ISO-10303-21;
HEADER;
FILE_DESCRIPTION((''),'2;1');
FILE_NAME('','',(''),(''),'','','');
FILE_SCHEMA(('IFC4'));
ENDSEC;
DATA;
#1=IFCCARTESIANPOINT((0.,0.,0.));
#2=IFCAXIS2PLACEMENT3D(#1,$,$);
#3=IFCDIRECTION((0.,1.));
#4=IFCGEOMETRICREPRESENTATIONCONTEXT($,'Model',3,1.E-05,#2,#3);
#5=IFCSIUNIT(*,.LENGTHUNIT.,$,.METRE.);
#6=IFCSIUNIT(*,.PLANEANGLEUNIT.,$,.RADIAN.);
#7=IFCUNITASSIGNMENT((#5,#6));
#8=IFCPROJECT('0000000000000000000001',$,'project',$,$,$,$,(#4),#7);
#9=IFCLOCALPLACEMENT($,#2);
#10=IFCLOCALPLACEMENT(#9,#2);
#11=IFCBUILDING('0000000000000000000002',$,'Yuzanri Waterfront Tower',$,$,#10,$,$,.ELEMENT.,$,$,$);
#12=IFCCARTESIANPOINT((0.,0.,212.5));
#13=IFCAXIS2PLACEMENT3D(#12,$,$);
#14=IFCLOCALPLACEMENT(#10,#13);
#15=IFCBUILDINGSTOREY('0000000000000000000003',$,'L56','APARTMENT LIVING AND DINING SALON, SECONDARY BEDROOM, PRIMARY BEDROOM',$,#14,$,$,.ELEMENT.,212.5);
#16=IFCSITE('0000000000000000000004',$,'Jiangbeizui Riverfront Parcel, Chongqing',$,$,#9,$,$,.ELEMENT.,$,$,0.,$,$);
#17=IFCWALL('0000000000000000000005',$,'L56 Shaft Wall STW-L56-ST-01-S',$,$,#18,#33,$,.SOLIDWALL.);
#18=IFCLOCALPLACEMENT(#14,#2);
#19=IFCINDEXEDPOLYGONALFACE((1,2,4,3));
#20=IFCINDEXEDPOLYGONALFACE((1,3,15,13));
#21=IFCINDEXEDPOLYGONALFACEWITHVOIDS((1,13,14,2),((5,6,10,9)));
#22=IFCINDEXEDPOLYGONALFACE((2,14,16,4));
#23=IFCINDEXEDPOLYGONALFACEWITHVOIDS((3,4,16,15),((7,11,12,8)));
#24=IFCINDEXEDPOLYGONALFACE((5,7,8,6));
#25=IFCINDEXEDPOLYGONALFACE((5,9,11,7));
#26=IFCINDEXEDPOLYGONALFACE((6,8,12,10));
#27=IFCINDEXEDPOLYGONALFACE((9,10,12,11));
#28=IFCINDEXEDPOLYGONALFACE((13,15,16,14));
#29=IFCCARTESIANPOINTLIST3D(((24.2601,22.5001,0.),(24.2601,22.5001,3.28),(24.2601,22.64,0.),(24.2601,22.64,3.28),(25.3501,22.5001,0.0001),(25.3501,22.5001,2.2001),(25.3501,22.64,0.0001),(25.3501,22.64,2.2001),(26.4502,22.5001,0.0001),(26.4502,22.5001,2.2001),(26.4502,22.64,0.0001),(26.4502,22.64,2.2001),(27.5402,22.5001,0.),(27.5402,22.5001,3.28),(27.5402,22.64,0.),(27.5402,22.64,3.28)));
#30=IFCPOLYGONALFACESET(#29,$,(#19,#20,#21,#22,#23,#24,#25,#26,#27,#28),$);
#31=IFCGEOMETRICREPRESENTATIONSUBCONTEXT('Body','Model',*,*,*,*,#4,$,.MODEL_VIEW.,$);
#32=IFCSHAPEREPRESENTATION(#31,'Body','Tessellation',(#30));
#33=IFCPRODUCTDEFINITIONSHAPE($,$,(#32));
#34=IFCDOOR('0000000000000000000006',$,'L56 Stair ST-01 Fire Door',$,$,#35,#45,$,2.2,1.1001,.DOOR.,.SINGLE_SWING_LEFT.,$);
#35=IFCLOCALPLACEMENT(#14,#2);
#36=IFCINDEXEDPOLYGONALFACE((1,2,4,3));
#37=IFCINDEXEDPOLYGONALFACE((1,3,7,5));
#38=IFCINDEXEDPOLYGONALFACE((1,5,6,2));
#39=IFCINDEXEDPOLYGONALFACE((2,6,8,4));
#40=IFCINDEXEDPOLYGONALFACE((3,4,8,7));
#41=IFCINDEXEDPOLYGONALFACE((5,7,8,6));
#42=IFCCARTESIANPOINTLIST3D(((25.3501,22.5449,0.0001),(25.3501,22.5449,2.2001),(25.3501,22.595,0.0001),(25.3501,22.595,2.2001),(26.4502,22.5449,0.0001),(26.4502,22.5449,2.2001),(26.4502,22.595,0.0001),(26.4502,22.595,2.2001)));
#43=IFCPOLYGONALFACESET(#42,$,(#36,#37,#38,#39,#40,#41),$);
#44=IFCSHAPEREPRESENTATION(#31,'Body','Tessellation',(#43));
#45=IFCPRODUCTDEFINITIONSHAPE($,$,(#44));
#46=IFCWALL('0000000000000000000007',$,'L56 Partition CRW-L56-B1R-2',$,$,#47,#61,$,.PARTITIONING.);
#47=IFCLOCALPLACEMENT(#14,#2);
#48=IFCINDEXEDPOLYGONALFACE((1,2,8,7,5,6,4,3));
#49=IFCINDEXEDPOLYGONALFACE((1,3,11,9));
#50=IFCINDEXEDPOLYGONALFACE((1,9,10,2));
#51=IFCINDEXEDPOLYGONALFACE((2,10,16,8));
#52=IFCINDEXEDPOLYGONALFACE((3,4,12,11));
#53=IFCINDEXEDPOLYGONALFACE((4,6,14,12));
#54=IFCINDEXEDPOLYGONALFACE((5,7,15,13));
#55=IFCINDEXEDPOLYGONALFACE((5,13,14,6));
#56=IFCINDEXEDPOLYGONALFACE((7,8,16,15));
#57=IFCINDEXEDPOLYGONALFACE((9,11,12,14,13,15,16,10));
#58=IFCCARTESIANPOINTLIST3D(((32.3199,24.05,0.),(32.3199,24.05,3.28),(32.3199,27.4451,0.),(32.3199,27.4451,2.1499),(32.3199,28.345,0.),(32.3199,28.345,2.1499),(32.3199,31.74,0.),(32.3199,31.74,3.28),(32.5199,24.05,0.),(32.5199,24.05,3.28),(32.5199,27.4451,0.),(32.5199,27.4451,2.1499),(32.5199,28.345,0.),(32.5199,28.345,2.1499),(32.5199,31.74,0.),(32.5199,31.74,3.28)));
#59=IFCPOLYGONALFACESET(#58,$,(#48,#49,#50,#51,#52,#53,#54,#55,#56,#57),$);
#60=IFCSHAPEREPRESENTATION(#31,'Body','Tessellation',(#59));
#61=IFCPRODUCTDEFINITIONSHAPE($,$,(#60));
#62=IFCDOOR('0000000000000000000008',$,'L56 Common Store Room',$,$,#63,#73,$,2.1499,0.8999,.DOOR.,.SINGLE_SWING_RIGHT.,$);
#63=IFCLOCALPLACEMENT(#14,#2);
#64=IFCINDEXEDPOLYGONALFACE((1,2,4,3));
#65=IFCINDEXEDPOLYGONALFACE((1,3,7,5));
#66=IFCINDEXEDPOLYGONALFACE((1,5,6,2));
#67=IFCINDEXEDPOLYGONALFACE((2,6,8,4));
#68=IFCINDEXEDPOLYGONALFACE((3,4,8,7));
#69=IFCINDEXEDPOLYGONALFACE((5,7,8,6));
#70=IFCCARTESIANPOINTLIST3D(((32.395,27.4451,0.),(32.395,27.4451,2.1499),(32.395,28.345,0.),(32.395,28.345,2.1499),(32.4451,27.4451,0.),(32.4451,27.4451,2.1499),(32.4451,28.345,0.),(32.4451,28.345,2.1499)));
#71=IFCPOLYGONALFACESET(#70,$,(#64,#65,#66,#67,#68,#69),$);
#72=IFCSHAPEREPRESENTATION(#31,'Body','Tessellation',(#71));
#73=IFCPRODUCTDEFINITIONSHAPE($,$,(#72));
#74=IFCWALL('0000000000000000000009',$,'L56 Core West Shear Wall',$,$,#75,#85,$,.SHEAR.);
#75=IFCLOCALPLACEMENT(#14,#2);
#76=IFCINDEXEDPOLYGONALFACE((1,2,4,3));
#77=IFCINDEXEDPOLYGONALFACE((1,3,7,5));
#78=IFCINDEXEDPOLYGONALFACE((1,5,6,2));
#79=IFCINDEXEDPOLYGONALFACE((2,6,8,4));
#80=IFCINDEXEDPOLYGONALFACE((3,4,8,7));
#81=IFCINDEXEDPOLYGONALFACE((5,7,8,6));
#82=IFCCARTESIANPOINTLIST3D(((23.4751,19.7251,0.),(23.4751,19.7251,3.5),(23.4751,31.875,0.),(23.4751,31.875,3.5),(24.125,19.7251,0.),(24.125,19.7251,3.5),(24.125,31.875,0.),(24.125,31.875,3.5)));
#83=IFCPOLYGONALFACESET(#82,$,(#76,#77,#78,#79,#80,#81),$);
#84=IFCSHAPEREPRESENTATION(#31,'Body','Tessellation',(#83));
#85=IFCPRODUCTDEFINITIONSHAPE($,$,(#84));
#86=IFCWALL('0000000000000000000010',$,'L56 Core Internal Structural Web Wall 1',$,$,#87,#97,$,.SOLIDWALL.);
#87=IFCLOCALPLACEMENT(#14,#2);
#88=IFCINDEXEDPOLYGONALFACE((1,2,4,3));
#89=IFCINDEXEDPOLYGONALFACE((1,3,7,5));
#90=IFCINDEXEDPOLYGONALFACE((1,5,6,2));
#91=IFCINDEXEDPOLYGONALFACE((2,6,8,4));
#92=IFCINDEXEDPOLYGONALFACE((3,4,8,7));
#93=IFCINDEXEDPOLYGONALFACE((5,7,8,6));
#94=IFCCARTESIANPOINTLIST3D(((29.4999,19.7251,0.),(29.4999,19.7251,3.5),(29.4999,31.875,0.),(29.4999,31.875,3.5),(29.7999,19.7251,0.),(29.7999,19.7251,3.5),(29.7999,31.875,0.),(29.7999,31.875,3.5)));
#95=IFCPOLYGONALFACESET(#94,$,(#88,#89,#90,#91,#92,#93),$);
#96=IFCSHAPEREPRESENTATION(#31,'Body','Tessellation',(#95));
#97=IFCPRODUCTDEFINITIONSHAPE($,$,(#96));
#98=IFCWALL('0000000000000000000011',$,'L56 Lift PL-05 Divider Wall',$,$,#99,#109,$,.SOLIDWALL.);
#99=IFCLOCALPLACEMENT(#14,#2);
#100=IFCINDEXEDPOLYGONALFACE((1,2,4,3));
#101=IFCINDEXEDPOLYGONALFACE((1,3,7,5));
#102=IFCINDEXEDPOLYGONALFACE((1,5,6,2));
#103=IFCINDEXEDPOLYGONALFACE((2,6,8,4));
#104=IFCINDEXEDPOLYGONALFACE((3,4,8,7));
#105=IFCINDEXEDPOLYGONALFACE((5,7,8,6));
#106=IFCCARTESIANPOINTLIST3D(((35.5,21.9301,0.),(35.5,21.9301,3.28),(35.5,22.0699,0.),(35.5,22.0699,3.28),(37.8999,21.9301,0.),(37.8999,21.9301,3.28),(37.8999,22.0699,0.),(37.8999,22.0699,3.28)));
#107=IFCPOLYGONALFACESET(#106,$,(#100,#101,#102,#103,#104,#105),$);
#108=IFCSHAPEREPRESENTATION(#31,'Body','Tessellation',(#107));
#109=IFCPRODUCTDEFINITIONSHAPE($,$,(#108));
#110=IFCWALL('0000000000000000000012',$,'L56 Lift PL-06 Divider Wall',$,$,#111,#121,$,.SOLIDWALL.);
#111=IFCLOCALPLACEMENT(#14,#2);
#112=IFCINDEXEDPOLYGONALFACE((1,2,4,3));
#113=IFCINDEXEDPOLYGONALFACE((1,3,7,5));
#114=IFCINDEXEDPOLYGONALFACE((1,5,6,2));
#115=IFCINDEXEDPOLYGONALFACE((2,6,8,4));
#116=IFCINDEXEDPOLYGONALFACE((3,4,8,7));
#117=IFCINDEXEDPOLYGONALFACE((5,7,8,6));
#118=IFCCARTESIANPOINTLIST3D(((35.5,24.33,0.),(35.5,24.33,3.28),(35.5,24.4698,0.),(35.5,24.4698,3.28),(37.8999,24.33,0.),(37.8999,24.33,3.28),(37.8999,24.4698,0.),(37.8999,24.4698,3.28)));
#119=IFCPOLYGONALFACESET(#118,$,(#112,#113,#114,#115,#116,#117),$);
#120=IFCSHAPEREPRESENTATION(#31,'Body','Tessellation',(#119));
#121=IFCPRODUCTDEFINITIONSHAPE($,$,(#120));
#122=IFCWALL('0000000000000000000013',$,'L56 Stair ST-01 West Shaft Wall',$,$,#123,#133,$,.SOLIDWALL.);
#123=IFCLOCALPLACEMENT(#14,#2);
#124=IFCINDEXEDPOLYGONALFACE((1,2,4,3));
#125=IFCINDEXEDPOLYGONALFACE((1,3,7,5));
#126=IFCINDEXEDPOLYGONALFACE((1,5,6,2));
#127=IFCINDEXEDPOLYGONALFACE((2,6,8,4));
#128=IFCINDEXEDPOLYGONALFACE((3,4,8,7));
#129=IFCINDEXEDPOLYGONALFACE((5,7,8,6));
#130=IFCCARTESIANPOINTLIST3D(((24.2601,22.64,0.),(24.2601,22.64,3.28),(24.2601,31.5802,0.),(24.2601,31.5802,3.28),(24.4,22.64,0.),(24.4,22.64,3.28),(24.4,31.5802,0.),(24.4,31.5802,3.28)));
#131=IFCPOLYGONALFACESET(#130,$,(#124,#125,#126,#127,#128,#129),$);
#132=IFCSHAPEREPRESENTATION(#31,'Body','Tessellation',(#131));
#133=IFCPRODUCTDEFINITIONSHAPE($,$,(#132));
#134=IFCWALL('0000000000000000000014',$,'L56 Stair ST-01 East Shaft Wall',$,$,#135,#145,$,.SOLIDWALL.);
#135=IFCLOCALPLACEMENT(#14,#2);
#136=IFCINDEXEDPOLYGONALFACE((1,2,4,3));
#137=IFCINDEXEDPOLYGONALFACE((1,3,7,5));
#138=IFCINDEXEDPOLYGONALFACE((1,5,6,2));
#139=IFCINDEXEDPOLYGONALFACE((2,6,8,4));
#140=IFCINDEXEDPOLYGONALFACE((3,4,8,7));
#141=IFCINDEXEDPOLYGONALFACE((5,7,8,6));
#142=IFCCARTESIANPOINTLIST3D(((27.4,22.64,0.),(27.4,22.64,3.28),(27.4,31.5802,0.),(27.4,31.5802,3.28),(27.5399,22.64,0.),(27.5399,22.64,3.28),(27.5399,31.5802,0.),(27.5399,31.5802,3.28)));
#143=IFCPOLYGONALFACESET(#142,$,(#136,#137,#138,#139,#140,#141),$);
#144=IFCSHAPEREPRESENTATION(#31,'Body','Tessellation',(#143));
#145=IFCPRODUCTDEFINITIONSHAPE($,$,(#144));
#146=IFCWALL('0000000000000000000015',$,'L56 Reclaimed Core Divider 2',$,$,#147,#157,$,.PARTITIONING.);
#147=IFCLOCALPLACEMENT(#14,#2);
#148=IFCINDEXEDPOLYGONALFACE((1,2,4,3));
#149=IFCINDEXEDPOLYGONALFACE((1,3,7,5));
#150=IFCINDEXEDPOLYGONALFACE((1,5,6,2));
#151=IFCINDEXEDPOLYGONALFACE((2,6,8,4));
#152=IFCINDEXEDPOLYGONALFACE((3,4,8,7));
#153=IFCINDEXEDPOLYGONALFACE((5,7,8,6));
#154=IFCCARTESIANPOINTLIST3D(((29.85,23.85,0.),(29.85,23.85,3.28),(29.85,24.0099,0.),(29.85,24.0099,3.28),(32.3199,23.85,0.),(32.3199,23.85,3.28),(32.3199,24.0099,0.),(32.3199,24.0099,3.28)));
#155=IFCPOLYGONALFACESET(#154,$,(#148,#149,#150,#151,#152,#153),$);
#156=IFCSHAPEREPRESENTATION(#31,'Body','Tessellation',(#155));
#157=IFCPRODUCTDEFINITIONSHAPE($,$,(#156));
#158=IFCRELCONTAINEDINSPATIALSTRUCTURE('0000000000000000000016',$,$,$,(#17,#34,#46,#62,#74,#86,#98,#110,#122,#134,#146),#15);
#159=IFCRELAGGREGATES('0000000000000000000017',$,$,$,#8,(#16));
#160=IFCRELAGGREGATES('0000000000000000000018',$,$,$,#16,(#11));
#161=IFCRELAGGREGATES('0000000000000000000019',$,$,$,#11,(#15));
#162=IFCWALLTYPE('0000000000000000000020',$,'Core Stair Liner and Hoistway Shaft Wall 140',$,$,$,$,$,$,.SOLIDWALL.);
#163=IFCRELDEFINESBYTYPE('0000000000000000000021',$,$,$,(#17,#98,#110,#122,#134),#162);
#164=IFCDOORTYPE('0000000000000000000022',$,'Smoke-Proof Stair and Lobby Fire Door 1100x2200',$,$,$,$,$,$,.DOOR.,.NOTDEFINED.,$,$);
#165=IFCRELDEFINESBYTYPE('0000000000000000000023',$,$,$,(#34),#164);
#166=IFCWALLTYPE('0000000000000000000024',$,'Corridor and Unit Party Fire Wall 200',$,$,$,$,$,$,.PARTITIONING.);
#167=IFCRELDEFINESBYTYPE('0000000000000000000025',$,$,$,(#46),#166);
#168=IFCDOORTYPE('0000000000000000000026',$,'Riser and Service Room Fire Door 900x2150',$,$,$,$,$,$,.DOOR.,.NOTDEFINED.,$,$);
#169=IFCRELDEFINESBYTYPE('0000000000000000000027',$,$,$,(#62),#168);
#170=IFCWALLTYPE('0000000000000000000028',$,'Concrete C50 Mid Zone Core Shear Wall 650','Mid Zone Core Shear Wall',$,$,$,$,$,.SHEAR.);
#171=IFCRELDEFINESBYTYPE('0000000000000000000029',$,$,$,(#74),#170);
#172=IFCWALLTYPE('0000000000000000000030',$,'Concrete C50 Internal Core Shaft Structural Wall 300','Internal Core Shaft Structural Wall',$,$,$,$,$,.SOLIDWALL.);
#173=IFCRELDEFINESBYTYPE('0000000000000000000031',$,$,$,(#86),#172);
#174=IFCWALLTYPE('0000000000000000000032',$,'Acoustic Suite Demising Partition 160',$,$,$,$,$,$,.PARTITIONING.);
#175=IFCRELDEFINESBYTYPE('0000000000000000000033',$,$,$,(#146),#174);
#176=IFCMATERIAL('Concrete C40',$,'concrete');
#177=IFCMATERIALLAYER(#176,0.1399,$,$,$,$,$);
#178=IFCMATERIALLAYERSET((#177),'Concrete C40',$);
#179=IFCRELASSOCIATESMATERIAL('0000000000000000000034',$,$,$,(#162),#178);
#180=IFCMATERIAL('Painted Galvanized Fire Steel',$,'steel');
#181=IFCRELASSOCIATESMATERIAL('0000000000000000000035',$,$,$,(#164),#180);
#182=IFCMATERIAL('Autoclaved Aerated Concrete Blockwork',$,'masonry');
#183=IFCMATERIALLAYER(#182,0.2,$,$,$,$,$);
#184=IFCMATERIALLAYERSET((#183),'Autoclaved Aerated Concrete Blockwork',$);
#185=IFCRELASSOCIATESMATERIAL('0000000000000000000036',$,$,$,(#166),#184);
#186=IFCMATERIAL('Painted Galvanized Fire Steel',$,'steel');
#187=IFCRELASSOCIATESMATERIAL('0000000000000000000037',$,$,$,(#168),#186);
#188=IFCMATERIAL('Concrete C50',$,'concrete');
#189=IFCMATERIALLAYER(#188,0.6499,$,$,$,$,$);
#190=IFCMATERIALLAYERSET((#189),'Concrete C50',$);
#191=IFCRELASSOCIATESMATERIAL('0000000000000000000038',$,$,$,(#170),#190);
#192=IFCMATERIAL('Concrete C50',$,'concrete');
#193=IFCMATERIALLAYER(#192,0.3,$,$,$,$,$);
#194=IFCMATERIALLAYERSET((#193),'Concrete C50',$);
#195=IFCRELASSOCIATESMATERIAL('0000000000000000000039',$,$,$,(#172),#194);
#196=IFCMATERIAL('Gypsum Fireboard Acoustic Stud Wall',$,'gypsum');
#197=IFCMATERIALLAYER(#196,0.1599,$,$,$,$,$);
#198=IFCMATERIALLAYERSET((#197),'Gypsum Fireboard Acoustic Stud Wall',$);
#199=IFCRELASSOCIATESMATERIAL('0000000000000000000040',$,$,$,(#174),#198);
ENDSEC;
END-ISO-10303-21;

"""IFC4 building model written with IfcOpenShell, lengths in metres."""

from ifc_helpers import new_model, si_unit, direction, frame, frame_2d, origin, place, context, subcontext, project, spatial, rectangle, extrude, source, transform, mapped, material, layer, layer_set, type_object, element, fill, save


model = new_model("IFC4")

# Units and contexts
model_context = context("Model", 3, precision=1e-05, world=origin(), true_north=direction((0.0, 1.0)))
body_context = subcontext(model_context, "Body", "Model", "MODEL_VIEW")
ifc_project = project(units=[si_unit("LENGTHUNIT", "METRE"), si_unit("PLANEANGLEUNIT", "RADIAN")], contexts=[model_context])

# Site, building, storey
site_placement = place(None, origin())
site = spatial("IfcSite", under=ifc_project, at=site_placement, Name="Jiangbeizui Riverfront Parcel, Chongqing", CompositionType="ELEMENT", RefElevation=0.0)
building_placement = place(site_placement, origin())
building = spatial("IfcBuilding", under=site, at=building_placement, Name="Yuzanri Waterfront Tower", CompositionType="ELEMENT")
storey_placement = place(building_placement, frame((0.0, 0.0, 212.5)))
storey = spatial("IfcBuildingStorey", under=building, at=storey_placement, Name="L56", Description="APARTMENT LIVING AND DINING SALON, SECONDARY BEDROOM, PRIMARY BEDROOM", CompositionType="ELEMENT", Elevation=212.5)

# Walls, openings, doors
ifc_material_1 = material(Name="Concrete C40", Category="concrete")
ifc_layer_1 = layer(ifc_material_1, 0.1399)
ifc_layer_set_1 = layer_set([ifc_layer_1], Name="Concrete C40")
wall_type_1 = type_object("IfcWallType", Name="Core Stair Liner and Hoistway Shaft Wall 140", PredefinedType="SOLIDWALL", material=ifc_layer_set_1)
wall_1_placement = place(storey_placement, frame((24.26, 22.5701, 0.0), z_axis=(0.0, 0.0, 1.0), x_axis=(1.0, 0.0, 0.0)))
wall_1 = element("IfcWall", 1, at=wall_1_placement, inside=storey, type_object=wall_type_1, Name="L56 Shaft Wall STW-L56-ST-01-S", PredefinedType="SOLIDWALL", context=body_context, shape_type="SweptSolid", body=[
    extrude(rectangle(XDim=3.28, YDim=0.1399, at=frame_2d((1.6401, 0.0))), origin(), (0.0, 0.0, 1.0), 3.28),
])
opening_1_placement = place(wall_1_placement, frame((1.0901, 0.0, 0.0)))
opening_1 = element("IfcOpeningElement", 2, at=opening_1_placement, cuts=wall_1, PredefinedType="OPENING", context=body_context, shape_type="SweptSolid", body=[
    extrude(rectangle(XDim=1.1001, YDim=2.2, at=frame_2d((0.55, 1.1001))), frame((0.0, 0.085, 0.0), z_axis=(0.0, -1.0, 0.0), x_axis=(1.0, 0.0, 0.0)), (0.0, 0.0, 1.0), 0.1697),
])
ifc_material_2 = material(Name="Painted Galvanized Fire Steel", Category="steel")
door_type_1 = type_object("IfcDoorType", Name="Smoke-Proof Stair and Lobby Fire Door 1100x2200", OperationType="NOTDEFINED", PredefinedType="DOOR", material=ifc_material_2)
shared_shape_1 = source(origin(), body_context, "Body", "SweptSolid", [
    extrude(rectangle(XDim=1.1001, YDim=2.2, at=frame_2d((0.55, 1.1001))), frame((0.0, 0.0249, 0.0), z_axis=(0.0, -1.0, 0.0), x_axis=(1.0, 0.0, 0.0)), (0.0, 0.0, 1.0), 0.05),
])
door_1_placement = place(opening_1_placement, origin())
door_1 = element("IfcDoor", 3, at=door_1_placement, inside=storey, type_object=door_type_1, Name="L56 Stair ST-01 Fire Door", OperationType="SINGLE_SWING_LEFT", OverallHeight=2.2, OverallWidth=1.1001, PredefinedType="DOOR", context=body_context, shape_type="MappedRepresentation", body=[
    mapped(shared_shape_1, transform((0.0, 0.0, 0.0), scale=1.0)),
])
fill(opening_1, door_1)
ifc_material_3 = material(Name="Autoclaved Aerated Concrete Blockwork", Category="masonry")
ifc_layer_2 = layer(ifc_material_3, 0.2)
ifc_layer_set_2 = layer_set([ifc_layer_2], Name="Autoclaved Aerated Concrete Blockwork")
wall_type_2 = type_object("IfcWallType", Name="Corridor and Unit Party Fire Wall 200", PredefinedType="PARTITIONING", material=ifc_layer_set_2)
ifc_material_4 = material(Name="Painted Galvanized Fire Steel", Category="steel")
door_type_2 = type_object("IfcDoorType", Name="Riser and Service Room Fire Door 900x2150", OperationType="NOTDEFINED", PredefinedType="DOOR", material=ifc_material_4)
shared_shape_2 = source(origin(), body_context, "Body", "SweptSolid", [
    extrude(rectangle(XDim=0.8999, YDim=2.1499, at=frame_2d((0.45, 1.075))), frame((0.0, 0.0249, 0.0), z_axis=(0.0, -1.0, 0.0), x_axis=(1.0, 0.0, 0.0)), (0.0, 0.0, 1.0), 0.05),
])
wall_2_placement = place(storey_placement, frame((32.4199, 24.05, 0.0), z_axis=(0.0, 0.0, 1.0), x_axis=(0.0, 1.0, 0.0)))
wall_2 = element("IfcWall", 4, at=wall_2_placement, inside=storey, type_object=wall_type_2, Name="L56 Partition CRW-L56-B1R-2", PredefinedType="PARTITIONING", context=body_context, shape_type="SweptSolid", body=[
    extrude(rectangle(XDim=7.6899, YDim=0.2, at=frame_2d((3.845, 0.0))), origin(), (0.0, 0.0, 1.0), 3.28),
])
opening_2_placement = place(wall_2_placement, frame((3.395, 0.0, 0.0)))
opening_2 = element("IfcOpeningElement", 5, at=opening_2_placement, cuts=wall_2, PredefinedType="OPENING", context=body_context, shape_type="SweptSolid", body=[
    extrude(rectangle(XDim=0.8999, YDim=2.1499, at=frame_2d((0.45, 1.075))), frame((0.0, 0.1147, 0.0), z_axis=(0.0, -1.0, 0.0), x_axis=(1.0, 0.0, 0.0)), (0.0, 0.0, 1.0), 0.2297),
])
door_2_placement = place(opening_2_placement, origin())
door_2 = element("IfcDoor", 6, at=door_2_placement, inside=storey, type_object=door_type_2, Name="L56 Common Store Room", OperationType="SINGLE_SWING_RIGHT", OverallHeight=2.1499, OverallWidth=0.8999, PredefinedType="DOOR", context=body_context, shape_type="MappedRepresentation", body=[
    mapped(shared_shape_2, transform((0.0, 0.0, 0.0), scale=1.0)),
])
fill(opening_2, door_2)

# Walls
ifc_material_5 = material(Name="Concrete C50", Category="concrete")
ifc_layer_3 = layer(ifc_material_5, 0.6499)
ifc_layer_set_3 = layer_set([ifc_layer_3], Name="Concrete C50")
wall_type_3 = type_object("IfcWallType", Name="Concrete C50 Mid Zone Core Shear Wall 650", Description="Mid Zone Core Shear Wall", PredefinedType="SHEAR", material=ifc_layer_set_3)
shared_shape_3 = source(origin(), body_context, "Body", "SweptSolid", [
    extrude(rectangle(XDim=12.1499, YDim=0.6499, at=frame_2d((6.075, 0.0))), origin(), (0.0, 0.0, 1.0), 3.5),
])
wall_3_placement = place(storey_placement, frame((23.8, 19.7251, 0.0), z_axis=(0.0, 0.0, 1.0), x_axis=(0.0, 1.0, 0.0)))
element("IfcWall", 7, at=wall_3_placement, inside=storey, type_object=wall_type_3, Name="L56 Core West Shear Wall", PredefinedType="SHEAR", context=body_context, shape_type="MappedRepresentation", body=[
    mapped(shared_shape_3, transform((0.0, 0.0, 0.0), scale=1.0)),
])
ifc_material_6 = material(Name="Concrete C50", Category="concrete")
ifc_layer_4 = layer(ifc_material_6, 0.3)
ifc_layer_set_4 = layer_set([ifc_layer_4], Name="Concrete C50")
wall_type_4 = type_object("IfcWallType", Name="Concrete C50 Internal Core Shaft Structural Wall 300", Description="Internal Core Shaft Structural Wall", PredefinedType="SOLIDWALL", material=ifc_layer_set_4)
shared_shape_4 = source(origin(), body_context, "Body", "SweptSolid", [
    extrude(rectangle(XDim=12.1499, YDim=0.3, at=frame_2d((6.075, 0.0))), origin(), (0.0, 0.0, 1.0), 3.5),
])
wall_4_placement = place(storey_placement, frame((29.6499, 19.7251, 0.0), z_axis=(0.0, 0.0, 1.0), x_axis=(0.0, 1.0, 0.0)))
element("IfcWall", 8, at=wall_4_placement, inside=storey, type_object=wall_type_4, Name="L56 Core Internal Structural Web Wall 1", PredefinedType="SOLIDWALL", context=body_context, shape_type="MappedRepresentation", body=[
    mapped(shared_shape_4, transform((0.0, 0.0, 0.0), scale=1.0)),
])
shared_shape_5 = source(origin(), body_context, "Body", "SweptSolid", [
    extrude(rectangle(XDim=2.3999, YDim=0.1399, at=frame_2d((1.2, 0.0))), origin(), (0.0, 0.0, 1.0), 3.28),
])
for number, where, z_axis, x_axis, name in (
    (9, (35.5, 22.0, 0.0), (0.0, 0.0, 1.0), (1.0, 0.0, 0.0), "L56 Lift PL-05 Divider Wall"),
    (10, (35.5, 24.3999, 0.0), (0.0, 0.0, 1.0), (1.0, 0.0, 0.0), "L56 Lift PL-06 Divider Wall"),
):
    element("IfcWall", number, at=place(storey_placement, frame(where, z_axis=z_axis, x_axis=x_axis)), inside=storey, type_object=wall_type_1, Name=name, PredefinedType="SOLIDWALL", context=body_context, shape_type="MappedRepresentation", body=[
        mapped(shared_shape_5, transform((0.0, 0.0, 0.0), scale=1.0)),
    ])
shared_shape_6 = source(origin(), body_context, "Body", "SweptSolid", [
    extrude(rectangle(XDim=8.9402, YDim=0.1399, at=frame_2d((4.4702, 0.0))), origin(), (0.0, 0.0, 1.0), 3.28),
])
for number, where, z_axis, x_axis, name in (
    (11, (24.3301, 22.6399, 0.0), (0.0, 0.0, 1.0), (0.0, 1.0, 0.0), "L56 Stair ST-01 West Shaft Wall"),
    (12, (27.47, 22.6399, 0.0), (0.0, 0.0, 1.0), (0.0, 1.0, 0.0), "L56 Stair ST-01 East Shaft Wall"),
):
    element("IfcWall", number, at=place(storey_placement, frame(where, z_axis=z_axis, x_axis=x_axis)), inside=storey, type_object=wall_type_1, Name=name, PredefinedType="SOLIDWALL", context=body_context, shape_type="MappedRepresentation", body=[
        mapped(shared_shape_6, transform((0.0, 0.0, 0.0), scale=1.0)),
    ])
ifc_material_7 = material(Name="Gypsum Fireboard Acoustic Stud Wall", Category="gypsum")
ifc_layer_5 = layer(ifc_material_7, 0.1599)
ifc_layer_set_5 = layer_set([ifc_layer_5], Name="Gypsum Fireboard Acoustic Stud Wall")
wall_type_5 = type_object("IfcWallType", Name="Acoustic Suite Demising Partition 160", PredefinedType="PARTITIONING", material=ifc_layer_set_5)
shared_shape_7 = source(origin(), body_context, "Body", "SweptSolid", [
    extrude(rectangle(XDim=2.47, YDim=0.1599, at=frame_2d((1.2349, 0.0))), origin(), (0.0, 0.0, 1.0), 3.28),
])
wall_5_placement = place(storey_placement, frame((29.8501, 23.9299, 0.0), z_axis=(0.0, 0.0, 1.0), x_axis=(1.0, 0.0, 0.0)))
element("IfcWall", 13, at=wall_5_placement, inside=storey, type_object=wall_type_5, Name="L56 Reclaimed Core Divider 2", PredefinedType="PARTITIONING", context=body_context, shape_type="MappedRepresentation", body=[
    mapped(shared_shape_7, transform((0.0, 0.0, 0.0), scale=1.0)),
])

save(model, "model.ifc")
